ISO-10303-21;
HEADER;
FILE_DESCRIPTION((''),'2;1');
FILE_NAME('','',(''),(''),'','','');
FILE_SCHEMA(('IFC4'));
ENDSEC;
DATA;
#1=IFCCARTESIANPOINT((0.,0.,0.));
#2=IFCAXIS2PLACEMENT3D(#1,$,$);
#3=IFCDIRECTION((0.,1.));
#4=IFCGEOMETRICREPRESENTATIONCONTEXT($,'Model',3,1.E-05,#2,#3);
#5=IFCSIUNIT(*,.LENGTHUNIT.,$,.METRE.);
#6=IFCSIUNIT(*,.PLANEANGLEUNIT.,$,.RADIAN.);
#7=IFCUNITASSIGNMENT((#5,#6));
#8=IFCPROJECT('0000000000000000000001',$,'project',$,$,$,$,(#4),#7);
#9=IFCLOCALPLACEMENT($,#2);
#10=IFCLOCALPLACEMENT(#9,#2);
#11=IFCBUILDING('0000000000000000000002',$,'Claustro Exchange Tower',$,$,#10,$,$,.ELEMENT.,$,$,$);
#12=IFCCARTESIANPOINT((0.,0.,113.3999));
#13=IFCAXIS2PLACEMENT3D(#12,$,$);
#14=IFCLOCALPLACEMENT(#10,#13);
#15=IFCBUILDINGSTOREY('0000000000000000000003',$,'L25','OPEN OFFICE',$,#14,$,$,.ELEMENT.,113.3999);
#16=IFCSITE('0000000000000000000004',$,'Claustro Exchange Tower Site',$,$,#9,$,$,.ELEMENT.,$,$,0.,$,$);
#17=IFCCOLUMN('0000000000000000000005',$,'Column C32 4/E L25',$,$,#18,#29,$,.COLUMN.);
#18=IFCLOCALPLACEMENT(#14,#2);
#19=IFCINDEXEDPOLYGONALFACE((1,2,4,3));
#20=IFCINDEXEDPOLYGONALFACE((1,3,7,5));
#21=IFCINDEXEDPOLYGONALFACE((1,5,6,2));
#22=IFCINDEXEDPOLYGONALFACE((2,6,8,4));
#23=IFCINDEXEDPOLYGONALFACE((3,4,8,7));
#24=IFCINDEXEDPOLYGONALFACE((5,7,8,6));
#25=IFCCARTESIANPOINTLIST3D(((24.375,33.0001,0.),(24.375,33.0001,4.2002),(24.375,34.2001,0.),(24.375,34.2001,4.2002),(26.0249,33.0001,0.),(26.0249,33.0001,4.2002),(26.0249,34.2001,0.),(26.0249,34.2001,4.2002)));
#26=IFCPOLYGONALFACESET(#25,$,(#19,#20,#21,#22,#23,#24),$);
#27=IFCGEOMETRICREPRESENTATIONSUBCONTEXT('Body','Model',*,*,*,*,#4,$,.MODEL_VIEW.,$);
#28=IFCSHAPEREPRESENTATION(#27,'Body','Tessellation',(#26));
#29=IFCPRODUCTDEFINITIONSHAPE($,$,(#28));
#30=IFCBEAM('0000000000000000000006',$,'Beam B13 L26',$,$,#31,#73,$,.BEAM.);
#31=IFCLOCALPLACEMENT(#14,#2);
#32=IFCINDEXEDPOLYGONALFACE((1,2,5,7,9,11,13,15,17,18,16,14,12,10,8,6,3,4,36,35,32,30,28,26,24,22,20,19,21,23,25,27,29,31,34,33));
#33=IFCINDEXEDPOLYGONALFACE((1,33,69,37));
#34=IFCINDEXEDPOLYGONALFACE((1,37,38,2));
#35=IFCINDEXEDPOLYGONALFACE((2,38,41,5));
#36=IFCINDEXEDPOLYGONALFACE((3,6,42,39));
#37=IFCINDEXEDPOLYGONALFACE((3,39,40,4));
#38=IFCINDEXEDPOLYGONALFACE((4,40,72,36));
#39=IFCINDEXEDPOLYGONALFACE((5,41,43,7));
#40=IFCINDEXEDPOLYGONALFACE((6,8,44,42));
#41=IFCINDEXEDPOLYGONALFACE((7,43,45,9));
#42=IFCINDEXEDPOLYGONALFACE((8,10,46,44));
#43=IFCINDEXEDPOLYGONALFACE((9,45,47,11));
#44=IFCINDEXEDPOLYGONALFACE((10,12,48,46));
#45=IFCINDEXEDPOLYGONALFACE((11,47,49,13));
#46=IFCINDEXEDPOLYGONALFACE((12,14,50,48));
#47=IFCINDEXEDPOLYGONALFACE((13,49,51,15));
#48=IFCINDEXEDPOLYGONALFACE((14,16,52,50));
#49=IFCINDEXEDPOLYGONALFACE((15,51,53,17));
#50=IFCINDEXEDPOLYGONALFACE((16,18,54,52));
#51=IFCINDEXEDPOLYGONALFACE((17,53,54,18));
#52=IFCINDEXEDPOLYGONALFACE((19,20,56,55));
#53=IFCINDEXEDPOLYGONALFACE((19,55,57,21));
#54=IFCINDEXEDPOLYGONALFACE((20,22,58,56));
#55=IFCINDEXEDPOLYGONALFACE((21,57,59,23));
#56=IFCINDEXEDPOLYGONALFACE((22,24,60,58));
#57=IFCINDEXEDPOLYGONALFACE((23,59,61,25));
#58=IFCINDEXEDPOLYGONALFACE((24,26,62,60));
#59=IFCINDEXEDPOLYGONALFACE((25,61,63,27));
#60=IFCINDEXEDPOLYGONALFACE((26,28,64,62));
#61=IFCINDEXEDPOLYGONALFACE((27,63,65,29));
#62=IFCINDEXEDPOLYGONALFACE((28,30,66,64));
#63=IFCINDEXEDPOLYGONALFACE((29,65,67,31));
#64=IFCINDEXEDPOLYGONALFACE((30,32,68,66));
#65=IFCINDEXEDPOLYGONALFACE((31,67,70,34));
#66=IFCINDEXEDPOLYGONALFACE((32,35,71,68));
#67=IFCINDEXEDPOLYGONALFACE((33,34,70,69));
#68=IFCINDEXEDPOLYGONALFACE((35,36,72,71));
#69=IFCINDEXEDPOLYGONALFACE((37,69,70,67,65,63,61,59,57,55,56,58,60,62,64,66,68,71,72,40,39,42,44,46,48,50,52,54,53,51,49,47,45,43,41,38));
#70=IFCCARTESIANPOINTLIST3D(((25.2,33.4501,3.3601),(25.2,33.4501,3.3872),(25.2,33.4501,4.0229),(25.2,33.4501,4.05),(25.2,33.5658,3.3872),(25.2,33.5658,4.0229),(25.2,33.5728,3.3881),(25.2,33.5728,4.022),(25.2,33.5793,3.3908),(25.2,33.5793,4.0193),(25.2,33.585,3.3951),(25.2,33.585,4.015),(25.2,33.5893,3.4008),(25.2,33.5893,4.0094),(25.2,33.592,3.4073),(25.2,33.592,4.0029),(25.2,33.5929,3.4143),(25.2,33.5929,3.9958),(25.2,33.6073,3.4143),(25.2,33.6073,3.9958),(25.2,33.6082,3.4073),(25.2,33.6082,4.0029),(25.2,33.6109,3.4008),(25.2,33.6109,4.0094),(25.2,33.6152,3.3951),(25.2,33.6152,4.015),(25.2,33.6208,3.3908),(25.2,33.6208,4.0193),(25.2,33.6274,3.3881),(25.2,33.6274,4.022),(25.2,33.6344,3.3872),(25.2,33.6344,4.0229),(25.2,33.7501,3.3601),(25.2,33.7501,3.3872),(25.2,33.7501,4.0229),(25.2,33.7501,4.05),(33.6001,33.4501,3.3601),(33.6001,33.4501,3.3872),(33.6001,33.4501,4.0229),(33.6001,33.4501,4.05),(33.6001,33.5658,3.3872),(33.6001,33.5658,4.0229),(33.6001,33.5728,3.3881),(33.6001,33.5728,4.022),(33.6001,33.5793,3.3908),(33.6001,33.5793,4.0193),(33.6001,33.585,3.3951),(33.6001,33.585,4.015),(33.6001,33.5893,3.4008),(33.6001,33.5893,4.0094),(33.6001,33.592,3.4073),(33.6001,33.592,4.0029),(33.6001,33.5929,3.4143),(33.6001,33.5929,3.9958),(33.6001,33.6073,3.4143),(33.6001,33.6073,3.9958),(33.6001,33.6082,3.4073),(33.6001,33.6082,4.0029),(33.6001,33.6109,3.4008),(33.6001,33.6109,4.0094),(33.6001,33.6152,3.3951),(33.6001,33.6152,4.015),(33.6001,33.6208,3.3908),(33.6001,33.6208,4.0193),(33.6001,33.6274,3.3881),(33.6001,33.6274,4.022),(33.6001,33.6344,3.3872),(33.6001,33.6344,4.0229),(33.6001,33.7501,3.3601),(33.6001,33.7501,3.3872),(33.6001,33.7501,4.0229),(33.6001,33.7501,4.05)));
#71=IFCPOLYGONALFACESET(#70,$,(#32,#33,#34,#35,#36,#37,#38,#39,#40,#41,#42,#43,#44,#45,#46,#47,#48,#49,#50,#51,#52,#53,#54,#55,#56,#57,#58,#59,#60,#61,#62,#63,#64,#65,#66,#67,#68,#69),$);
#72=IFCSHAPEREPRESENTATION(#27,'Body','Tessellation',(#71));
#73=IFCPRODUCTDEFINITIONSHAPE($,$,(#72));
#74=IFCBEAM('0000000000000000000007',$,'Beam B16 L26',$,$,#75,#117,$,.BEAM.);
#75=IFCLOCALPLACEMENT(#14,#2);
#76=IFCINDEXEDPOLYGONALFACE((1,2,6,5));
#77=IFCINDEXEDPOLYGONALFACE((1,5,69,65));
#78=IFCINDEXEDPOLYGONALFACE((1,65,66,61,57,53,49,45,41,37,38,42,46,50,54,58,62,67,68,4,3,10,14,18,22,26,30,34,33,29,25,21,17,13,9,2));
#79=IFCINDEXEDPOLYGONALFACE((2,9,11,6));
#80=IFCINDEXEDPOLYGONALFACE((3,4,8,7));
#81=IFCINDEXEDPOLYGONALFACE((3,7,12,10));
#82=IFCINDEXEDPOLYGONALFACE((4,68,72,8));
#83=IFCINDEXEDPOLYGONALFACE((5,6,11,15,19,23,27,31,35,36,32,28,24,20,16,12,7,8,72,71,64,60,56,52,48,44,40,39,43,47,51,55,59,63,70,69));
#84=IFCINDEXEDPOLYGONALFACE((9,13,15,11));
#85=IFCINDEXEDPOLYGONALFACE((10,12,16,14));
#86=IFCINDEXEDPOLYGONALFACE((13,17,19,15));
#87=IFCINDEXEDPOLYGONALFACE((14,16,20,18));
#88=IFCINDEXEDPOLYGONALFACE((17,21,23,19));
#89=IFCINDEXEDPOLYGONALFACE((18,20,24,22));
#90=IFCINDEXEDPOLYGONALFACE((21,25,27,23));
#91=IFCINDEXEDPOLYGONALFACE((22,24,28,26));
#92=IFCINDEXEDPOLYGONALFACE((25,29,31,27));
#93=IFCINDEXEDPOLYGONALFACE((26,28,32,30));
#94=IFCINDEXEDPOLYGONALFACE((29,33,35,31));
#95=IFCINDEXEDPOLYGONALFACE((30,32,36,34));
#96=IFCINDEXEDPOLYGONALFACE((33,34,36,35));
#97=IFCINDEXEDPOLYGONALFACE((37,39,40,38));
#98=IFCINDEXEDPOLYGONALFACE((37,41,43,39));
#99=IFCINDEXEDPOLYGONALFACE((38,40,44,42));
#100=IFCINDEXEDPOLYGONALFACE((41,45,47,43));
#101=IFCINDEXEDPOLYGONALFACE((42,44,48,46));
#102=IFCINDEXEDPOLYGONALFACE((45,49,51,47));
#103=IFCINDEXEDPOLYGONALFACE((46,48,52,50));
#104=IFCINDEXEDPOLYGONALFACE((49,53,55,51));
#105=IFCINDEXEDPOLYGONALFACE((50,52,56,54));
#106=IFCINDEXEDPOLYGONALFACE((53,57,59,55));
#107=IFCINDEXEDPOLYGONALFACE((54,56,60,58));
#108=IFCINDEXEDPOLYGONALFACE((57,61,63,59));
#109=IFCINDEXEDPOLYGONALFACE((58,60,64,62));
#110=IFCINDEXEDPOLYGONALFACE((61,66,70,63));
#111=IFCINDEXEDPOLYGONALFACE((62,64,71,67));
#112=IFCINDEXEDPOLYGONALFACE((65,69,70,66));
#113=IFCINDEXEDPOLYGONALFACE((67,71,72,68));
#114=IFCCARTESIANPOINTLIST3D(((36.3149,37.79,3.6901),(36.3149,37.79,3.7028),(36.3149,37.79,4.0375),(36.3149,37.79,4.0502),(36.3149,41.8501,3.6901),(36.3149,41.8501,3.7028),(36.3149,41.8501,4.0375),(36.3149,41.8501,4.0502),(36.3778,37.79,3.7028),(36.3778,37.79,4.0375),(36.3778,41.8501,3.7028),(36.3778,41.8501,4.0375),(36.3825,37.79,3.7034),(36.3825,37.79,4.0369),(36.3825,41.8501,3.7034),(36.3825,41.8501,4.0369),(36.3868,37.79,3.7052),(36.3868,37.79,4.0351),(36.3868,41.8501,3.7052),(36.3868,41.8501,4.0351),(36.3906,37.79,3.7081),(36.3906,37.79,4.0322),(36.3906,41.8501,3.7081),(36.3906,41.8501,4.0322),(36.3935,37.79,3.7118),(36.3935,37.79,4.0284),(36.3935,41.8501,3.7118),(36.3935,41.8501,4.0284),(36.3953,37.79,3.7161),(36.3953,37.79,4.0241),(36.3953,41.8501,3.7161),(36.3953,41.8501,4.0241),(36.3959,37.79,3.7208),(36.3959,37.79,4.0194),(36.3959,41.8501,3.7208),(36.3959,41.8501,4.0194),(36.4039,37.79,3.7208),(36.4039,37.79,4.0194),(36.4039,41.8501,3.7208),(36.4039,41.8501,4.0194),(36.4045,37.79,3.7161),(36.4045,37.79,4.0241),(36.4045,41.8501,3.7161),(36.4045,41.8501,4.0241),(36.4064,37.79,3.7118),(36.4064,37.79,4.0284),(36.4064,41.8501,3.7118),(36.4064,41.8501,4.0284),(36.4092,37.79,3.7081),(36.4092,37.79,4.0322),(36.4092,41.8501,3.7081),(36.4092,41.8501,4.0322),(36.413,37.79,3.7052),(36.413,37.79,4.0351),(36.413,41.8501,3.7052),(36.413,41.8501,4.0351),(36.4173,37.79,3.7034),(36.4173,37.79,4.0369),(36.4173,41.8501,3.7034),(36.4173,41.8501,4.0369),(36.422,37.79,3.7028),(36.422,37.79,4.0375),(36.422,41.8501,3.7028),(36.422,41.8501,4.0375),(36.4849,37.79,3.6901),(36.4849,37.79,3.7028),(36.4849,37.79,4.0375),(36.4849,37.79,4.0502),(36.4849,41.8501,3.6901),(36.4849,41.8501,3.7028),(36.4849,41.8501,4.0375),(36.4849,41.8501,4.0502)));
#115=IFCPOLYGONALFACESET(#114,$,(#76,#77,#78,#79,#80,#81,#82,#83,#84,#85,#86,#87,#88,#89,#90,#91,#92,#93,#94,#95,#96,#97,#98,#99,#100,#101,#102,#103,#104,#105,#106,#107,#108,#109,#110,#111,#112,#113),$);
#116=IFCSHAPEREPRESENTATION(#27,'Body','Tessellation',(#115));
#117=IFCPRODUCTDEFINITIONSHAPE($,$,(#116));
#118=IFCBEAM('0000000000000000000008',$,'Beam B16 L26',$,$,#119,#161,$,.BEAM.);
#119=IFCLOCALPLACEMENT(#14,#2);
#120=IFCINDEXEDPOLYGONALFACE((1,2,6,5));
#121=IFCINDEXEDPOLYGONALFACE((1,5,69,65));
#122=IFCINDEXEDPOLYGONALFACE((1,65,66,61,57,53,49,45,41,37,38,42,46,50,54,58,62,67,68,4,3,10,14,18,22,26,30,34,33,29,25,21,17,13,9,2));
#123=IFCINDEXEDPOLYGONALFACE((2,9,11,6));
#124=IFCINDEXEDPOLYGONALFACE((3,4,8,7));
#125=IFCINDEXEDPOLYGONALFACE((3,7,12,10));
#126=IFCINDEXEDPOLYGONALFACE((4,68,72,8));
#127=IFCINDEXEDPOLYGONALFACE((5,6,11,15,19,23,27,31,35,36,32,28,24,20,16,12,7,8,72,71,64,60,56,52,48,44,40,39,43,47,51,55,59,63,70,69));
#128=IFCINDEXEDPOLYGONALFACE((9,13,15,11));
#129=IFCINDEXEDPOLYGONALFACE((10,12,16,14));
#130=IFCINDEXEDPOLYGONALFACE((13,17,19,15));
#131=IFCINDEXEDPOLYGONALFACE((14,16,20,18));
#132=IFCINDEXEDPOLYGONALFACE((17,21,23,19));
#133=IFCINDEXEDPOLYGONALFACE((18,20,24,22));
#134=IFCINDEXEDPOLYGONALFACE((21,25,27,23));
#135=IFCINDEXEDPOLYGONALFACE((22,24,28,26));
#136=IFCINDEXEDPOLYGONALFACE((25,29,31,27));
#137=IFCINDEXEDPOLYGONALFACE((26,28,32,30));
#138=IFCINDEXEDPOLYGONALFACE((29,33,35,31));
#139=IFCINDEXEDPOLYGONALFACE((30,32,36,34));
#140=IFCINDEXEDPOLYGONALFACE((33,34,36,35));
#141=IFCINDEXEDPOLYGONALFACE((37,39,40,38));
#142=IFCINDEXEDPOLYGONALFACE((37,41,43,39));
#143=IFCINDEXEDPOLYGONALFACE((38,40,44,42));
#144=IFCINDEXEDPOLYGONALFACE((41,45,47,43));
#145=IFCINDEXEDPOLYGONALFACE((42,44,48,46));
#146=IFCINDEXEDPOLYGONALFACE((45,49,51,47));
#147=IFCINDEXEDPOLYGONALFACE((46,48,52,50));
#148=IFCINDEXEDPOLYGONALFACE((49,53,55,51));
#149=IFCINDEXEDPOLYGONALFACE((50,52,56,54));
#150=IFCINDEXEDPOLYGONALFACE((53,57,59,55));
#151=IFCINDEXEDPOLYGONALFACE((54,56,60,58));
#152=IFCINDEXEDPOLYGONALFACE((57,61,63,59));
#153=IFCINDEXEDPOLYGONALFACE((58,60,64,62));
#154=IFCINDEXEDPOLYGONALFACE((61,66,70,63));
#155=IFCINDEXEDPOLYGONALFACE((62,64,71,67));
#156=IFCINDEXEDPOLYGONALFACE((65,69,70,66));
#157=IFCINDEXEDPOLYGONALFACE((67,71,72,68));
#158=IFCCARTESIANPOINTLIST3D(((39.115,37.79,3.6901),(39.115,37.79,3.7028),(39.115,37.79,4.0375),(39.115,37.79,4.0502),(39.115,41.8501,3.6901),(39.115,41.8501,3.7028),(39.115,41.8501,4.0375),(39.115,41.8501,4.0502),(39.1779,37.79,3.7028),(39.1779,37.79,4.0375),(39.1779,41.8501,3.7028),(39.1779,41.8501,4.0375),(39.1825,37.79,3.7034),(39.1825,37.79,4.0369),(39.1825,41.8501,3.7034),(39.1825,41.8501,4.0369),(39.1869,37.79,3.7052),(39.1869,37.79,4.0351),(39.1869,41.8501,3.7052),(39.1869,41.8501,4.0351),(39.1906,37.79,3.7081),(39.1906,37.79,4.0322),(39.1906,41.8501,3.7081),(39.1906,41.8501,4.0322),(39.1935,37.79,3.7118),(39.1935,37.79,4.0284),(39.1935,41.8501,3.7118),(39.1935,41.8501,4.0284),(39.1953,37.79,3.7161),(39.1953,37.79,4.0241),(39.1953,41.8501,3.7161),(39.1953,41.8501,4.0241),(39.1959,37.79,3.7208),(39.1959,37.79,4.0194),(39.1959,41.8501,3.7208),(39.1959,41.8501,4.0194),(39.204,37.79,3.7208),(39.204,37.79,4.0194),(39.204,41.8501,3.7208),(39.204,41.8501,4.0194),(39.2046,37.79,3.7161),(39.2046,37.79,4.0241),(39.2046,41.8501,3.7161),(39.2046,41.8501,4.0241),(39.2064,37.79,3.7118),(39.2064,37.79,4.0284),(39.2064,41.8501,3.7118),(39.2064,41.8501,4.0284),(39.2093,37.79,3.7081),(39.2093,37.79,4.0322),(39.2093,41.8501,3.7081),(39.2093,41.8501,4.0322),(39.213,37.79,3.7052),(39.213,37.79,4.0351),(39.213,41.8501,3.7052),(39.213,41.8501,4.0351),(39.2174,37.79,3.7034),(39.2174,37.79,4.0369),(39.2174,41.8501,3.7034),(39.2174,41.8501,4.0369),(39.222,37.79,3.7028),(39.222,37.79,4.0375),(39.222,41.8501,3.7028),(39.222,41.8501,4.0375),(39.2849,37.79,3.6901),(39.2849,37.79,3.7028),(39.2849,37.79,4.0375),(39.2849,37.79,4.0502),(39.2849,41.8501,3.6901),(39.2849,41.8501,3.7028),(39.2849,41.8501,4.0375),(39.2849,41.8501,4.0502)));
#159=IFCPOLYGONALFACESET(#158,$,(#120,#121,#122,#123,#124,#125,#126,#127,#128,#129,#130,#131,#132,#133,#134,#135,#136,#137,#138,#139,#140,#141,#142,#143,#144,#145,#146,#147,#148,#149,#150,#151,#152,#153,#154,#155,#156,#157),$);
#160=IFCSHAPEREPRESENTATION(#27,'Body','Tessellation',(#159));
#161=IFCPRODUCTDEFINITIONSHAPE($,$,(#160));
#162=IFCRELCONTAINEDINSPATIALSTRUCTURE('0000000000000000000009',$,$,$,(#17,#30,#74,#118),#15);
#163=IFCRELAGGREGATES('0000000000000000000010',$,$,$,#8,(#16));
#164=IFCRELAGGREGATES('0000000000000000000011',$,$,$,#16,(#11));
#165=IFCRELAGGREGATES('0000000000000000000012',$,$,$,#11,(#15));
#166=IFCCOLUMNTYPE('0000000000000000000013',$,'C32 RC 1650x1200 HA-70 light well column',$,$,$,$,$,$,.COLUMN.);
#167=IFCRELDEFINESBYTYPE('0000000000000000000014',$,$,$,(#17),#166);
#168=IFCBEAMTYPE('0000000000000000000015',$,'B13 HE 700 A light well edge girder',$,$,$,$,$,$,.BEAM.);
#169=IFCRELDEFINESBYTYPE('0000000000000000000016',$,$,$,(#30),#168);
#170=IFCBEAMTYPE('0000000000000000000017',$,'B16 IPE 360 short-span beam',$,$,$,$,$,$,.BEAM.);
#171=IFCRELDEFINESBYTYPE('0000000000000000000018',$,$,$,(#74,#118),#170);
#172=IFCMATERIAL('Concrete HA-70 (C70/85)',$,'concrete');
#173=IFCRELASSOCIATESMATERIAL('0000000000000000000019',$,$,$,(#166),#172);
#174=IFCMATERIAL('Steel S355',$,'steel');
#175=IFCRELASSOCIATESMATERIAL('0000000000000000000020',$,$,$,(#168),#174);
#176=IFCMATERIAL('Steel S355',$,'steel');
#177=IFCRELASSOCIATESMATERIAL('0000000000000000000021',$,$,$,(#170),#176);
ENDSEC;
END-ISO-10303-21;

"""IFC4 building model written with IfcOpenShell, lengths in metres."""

from ifc_helpers import new_model, si_unit, direction, frame, origin, origin_2d, place, context, subcontext, project, spatial, rectangle, i_section, extrude, material, material_profile, profile_set, type_object, element, save


model = new_model("IFC4")

# Units and contexts
model_context = context("Model", 3, precision=1e-05, world=origin(), true_north=direction((0.0, 1.0)))
body_context = subcontext(model_context, "Body", "Model", "MODEL_VIEW")
ifc_project = project(units=[si_unit("LENGTHUNIT", "METRE"), si_unit("PLANEANGLEUNIT", "RADIAN")], contexts=[model_context])

# Site, building, storey
site_placement = place(None, origin())
site = spatial("IfcSite", under=ifc_project, at=site_placement, Name="Claustro Exchange Tower Site", CompositionType="ELEMENT", RefElevation=0.0)
building_placement = place(site_placement, origin())
building = spatial("IfcBuilding", under=site, at=building_placement, Name="Claustro Exchange Tower", CompositionType="ELEMENT")
storey_placement = place(building_placement, frame((0.0, 0.0, 113.3999)))
storey = spatial("IfcBuildingStorey", under=building, at=storey_placement, Name="L25", Description="OPEN OFFICE", CompositionType="ELEMENT", Elevation=113.3999)

# Column
ifc_material_1 = material(Name="Concrete HA-70 (C70/85)", Category="concrete")
ifc_material_profile_1 = material_profile(ifc_material_1, rectangle(XDim=1.6499, YDim=1.2, at=origin_2d()), Name="RC 1650x1200")
ifc_profile_set_1 = profile_set([ifc_material_profile_1], Name="Concrete HA-70 (C70/85)")
column_type = type_object("IfcColumnType", Name="C32 RC 1650x1200 HA-70 light well column", PredefinedType="COLUMN", material=ifc_profile_set_1)
column_placement = place(storey_placement, frame((25.2, 33.6001, 0.0), z_axis=(0.0, 0.0, 1.0), x_axis=(1.0, 0.0, 0.0)))
element("IfcColumn", 1, at=column_placement, inside=storey, type_object=column_type, Name="Column C32 4/E L25", PredefinedType="COLUMN", context=body_context, shape_type="SweptSolid", body=[
    extrude(rectangle(XDim=1.6499, YDim=1.2, at=origin_2d()), origin(), (0.0, 0.0, 1.0), 4.2002),
])

# Beams
ifc_material_2 = material(Name="Steel S355", Category="steel")
ifc_material_profile_2 = material_profile(ifc_material_2, i_section(OverallWidth=0.3, OverallDepth=0.6899, WebThickness=0.0144, FlangeThickness=0.0271, FilletRadius=0.0271, at=origin_2d()), Name="HE 700 A")
ifc_profile_set_2 = profile_set([ifc_material_profile_2], Name="Steel S355")
beam_type_1 = type_object("IfcBeamType", Name="B13 HE 700 A light well edge girder", PredefinedType="BEAM", material=ifc_profile_set_2)
beam_1_placement = place(storey_placement, frame((25.2, 33.6001, 3.7051), z_axis=(1.0, 0.0, 0.0), x_axis=(0.0, 1.0, 0.0)))
element("IfcBeam", 2, at=beam_1_placement, inside=storey, type_object=beam_type_1, Name="Beam B13 L26", PredefinedType="BEAM", context=body_context, shape_type="SweptSolid", body=[
    extrude(i_section(OverallWidth=0.3, OverallDepth=0.6899, WebThickness=0.0144, FlangeThickness=0.0271, FilletRadius=0.0271, at=origin_2d()), origin(), (0.0, 0.0, 1.0), 8.4001),
])
ifc_material_3 = material(Name="Steel S355", Category="steel")
ifc_material_profile_3 = material_profile(ifc_material_3, i_section(OverallWidth=0.1699, OverallDepth=0.3601, WebThickness=0.0081, FlangeThickness=0.0127, FilletRadius=0.0181, at=origin_2d()), Name="IPE 360")
ifc_profile_set_3 = profile_set([ifc_material_profile_3], Name="Steel S355")
beam_type_2 = type_object("IfcBeamType", Name="B16 IPE 360 short-span beam", PredefinedType="BEAM", material=ifc_profile_set_3)
for number, where, z_axis, x_axis, name in (
    (3, (36.3999, 37.79, 3.8701), (0.0, 1.0, 0.0), (-1.0, 0.0, 0.0), "Beam B16 L26"),
    (4, (39.2, 37.79, 3.8701), (0.0, 1.0, 0.0), (-1.0, 0.0, 0.0), "Beam B16 L26"),
):
    element("IfcBeam", number, at=place(storey_placement, frame(where, z_axis=z_axis, x_axis=x_axis)), inside=storey, type_object=beam_type_2, Name=name, PredefinedType="BEAM", context=body_context, shape_type="SweptSolid", body=[
        extrude(i_section(OverallWidth=0.1699, OverallDepth=0.3601, WebThickness=0.0081, FlangeThickness=0.0127, FilletRadius=0.0181, at=origin_2d()), origin(), (0.0, 0.0, 1.0), 4.0601),
    ])

save(model, "model.ifc")
